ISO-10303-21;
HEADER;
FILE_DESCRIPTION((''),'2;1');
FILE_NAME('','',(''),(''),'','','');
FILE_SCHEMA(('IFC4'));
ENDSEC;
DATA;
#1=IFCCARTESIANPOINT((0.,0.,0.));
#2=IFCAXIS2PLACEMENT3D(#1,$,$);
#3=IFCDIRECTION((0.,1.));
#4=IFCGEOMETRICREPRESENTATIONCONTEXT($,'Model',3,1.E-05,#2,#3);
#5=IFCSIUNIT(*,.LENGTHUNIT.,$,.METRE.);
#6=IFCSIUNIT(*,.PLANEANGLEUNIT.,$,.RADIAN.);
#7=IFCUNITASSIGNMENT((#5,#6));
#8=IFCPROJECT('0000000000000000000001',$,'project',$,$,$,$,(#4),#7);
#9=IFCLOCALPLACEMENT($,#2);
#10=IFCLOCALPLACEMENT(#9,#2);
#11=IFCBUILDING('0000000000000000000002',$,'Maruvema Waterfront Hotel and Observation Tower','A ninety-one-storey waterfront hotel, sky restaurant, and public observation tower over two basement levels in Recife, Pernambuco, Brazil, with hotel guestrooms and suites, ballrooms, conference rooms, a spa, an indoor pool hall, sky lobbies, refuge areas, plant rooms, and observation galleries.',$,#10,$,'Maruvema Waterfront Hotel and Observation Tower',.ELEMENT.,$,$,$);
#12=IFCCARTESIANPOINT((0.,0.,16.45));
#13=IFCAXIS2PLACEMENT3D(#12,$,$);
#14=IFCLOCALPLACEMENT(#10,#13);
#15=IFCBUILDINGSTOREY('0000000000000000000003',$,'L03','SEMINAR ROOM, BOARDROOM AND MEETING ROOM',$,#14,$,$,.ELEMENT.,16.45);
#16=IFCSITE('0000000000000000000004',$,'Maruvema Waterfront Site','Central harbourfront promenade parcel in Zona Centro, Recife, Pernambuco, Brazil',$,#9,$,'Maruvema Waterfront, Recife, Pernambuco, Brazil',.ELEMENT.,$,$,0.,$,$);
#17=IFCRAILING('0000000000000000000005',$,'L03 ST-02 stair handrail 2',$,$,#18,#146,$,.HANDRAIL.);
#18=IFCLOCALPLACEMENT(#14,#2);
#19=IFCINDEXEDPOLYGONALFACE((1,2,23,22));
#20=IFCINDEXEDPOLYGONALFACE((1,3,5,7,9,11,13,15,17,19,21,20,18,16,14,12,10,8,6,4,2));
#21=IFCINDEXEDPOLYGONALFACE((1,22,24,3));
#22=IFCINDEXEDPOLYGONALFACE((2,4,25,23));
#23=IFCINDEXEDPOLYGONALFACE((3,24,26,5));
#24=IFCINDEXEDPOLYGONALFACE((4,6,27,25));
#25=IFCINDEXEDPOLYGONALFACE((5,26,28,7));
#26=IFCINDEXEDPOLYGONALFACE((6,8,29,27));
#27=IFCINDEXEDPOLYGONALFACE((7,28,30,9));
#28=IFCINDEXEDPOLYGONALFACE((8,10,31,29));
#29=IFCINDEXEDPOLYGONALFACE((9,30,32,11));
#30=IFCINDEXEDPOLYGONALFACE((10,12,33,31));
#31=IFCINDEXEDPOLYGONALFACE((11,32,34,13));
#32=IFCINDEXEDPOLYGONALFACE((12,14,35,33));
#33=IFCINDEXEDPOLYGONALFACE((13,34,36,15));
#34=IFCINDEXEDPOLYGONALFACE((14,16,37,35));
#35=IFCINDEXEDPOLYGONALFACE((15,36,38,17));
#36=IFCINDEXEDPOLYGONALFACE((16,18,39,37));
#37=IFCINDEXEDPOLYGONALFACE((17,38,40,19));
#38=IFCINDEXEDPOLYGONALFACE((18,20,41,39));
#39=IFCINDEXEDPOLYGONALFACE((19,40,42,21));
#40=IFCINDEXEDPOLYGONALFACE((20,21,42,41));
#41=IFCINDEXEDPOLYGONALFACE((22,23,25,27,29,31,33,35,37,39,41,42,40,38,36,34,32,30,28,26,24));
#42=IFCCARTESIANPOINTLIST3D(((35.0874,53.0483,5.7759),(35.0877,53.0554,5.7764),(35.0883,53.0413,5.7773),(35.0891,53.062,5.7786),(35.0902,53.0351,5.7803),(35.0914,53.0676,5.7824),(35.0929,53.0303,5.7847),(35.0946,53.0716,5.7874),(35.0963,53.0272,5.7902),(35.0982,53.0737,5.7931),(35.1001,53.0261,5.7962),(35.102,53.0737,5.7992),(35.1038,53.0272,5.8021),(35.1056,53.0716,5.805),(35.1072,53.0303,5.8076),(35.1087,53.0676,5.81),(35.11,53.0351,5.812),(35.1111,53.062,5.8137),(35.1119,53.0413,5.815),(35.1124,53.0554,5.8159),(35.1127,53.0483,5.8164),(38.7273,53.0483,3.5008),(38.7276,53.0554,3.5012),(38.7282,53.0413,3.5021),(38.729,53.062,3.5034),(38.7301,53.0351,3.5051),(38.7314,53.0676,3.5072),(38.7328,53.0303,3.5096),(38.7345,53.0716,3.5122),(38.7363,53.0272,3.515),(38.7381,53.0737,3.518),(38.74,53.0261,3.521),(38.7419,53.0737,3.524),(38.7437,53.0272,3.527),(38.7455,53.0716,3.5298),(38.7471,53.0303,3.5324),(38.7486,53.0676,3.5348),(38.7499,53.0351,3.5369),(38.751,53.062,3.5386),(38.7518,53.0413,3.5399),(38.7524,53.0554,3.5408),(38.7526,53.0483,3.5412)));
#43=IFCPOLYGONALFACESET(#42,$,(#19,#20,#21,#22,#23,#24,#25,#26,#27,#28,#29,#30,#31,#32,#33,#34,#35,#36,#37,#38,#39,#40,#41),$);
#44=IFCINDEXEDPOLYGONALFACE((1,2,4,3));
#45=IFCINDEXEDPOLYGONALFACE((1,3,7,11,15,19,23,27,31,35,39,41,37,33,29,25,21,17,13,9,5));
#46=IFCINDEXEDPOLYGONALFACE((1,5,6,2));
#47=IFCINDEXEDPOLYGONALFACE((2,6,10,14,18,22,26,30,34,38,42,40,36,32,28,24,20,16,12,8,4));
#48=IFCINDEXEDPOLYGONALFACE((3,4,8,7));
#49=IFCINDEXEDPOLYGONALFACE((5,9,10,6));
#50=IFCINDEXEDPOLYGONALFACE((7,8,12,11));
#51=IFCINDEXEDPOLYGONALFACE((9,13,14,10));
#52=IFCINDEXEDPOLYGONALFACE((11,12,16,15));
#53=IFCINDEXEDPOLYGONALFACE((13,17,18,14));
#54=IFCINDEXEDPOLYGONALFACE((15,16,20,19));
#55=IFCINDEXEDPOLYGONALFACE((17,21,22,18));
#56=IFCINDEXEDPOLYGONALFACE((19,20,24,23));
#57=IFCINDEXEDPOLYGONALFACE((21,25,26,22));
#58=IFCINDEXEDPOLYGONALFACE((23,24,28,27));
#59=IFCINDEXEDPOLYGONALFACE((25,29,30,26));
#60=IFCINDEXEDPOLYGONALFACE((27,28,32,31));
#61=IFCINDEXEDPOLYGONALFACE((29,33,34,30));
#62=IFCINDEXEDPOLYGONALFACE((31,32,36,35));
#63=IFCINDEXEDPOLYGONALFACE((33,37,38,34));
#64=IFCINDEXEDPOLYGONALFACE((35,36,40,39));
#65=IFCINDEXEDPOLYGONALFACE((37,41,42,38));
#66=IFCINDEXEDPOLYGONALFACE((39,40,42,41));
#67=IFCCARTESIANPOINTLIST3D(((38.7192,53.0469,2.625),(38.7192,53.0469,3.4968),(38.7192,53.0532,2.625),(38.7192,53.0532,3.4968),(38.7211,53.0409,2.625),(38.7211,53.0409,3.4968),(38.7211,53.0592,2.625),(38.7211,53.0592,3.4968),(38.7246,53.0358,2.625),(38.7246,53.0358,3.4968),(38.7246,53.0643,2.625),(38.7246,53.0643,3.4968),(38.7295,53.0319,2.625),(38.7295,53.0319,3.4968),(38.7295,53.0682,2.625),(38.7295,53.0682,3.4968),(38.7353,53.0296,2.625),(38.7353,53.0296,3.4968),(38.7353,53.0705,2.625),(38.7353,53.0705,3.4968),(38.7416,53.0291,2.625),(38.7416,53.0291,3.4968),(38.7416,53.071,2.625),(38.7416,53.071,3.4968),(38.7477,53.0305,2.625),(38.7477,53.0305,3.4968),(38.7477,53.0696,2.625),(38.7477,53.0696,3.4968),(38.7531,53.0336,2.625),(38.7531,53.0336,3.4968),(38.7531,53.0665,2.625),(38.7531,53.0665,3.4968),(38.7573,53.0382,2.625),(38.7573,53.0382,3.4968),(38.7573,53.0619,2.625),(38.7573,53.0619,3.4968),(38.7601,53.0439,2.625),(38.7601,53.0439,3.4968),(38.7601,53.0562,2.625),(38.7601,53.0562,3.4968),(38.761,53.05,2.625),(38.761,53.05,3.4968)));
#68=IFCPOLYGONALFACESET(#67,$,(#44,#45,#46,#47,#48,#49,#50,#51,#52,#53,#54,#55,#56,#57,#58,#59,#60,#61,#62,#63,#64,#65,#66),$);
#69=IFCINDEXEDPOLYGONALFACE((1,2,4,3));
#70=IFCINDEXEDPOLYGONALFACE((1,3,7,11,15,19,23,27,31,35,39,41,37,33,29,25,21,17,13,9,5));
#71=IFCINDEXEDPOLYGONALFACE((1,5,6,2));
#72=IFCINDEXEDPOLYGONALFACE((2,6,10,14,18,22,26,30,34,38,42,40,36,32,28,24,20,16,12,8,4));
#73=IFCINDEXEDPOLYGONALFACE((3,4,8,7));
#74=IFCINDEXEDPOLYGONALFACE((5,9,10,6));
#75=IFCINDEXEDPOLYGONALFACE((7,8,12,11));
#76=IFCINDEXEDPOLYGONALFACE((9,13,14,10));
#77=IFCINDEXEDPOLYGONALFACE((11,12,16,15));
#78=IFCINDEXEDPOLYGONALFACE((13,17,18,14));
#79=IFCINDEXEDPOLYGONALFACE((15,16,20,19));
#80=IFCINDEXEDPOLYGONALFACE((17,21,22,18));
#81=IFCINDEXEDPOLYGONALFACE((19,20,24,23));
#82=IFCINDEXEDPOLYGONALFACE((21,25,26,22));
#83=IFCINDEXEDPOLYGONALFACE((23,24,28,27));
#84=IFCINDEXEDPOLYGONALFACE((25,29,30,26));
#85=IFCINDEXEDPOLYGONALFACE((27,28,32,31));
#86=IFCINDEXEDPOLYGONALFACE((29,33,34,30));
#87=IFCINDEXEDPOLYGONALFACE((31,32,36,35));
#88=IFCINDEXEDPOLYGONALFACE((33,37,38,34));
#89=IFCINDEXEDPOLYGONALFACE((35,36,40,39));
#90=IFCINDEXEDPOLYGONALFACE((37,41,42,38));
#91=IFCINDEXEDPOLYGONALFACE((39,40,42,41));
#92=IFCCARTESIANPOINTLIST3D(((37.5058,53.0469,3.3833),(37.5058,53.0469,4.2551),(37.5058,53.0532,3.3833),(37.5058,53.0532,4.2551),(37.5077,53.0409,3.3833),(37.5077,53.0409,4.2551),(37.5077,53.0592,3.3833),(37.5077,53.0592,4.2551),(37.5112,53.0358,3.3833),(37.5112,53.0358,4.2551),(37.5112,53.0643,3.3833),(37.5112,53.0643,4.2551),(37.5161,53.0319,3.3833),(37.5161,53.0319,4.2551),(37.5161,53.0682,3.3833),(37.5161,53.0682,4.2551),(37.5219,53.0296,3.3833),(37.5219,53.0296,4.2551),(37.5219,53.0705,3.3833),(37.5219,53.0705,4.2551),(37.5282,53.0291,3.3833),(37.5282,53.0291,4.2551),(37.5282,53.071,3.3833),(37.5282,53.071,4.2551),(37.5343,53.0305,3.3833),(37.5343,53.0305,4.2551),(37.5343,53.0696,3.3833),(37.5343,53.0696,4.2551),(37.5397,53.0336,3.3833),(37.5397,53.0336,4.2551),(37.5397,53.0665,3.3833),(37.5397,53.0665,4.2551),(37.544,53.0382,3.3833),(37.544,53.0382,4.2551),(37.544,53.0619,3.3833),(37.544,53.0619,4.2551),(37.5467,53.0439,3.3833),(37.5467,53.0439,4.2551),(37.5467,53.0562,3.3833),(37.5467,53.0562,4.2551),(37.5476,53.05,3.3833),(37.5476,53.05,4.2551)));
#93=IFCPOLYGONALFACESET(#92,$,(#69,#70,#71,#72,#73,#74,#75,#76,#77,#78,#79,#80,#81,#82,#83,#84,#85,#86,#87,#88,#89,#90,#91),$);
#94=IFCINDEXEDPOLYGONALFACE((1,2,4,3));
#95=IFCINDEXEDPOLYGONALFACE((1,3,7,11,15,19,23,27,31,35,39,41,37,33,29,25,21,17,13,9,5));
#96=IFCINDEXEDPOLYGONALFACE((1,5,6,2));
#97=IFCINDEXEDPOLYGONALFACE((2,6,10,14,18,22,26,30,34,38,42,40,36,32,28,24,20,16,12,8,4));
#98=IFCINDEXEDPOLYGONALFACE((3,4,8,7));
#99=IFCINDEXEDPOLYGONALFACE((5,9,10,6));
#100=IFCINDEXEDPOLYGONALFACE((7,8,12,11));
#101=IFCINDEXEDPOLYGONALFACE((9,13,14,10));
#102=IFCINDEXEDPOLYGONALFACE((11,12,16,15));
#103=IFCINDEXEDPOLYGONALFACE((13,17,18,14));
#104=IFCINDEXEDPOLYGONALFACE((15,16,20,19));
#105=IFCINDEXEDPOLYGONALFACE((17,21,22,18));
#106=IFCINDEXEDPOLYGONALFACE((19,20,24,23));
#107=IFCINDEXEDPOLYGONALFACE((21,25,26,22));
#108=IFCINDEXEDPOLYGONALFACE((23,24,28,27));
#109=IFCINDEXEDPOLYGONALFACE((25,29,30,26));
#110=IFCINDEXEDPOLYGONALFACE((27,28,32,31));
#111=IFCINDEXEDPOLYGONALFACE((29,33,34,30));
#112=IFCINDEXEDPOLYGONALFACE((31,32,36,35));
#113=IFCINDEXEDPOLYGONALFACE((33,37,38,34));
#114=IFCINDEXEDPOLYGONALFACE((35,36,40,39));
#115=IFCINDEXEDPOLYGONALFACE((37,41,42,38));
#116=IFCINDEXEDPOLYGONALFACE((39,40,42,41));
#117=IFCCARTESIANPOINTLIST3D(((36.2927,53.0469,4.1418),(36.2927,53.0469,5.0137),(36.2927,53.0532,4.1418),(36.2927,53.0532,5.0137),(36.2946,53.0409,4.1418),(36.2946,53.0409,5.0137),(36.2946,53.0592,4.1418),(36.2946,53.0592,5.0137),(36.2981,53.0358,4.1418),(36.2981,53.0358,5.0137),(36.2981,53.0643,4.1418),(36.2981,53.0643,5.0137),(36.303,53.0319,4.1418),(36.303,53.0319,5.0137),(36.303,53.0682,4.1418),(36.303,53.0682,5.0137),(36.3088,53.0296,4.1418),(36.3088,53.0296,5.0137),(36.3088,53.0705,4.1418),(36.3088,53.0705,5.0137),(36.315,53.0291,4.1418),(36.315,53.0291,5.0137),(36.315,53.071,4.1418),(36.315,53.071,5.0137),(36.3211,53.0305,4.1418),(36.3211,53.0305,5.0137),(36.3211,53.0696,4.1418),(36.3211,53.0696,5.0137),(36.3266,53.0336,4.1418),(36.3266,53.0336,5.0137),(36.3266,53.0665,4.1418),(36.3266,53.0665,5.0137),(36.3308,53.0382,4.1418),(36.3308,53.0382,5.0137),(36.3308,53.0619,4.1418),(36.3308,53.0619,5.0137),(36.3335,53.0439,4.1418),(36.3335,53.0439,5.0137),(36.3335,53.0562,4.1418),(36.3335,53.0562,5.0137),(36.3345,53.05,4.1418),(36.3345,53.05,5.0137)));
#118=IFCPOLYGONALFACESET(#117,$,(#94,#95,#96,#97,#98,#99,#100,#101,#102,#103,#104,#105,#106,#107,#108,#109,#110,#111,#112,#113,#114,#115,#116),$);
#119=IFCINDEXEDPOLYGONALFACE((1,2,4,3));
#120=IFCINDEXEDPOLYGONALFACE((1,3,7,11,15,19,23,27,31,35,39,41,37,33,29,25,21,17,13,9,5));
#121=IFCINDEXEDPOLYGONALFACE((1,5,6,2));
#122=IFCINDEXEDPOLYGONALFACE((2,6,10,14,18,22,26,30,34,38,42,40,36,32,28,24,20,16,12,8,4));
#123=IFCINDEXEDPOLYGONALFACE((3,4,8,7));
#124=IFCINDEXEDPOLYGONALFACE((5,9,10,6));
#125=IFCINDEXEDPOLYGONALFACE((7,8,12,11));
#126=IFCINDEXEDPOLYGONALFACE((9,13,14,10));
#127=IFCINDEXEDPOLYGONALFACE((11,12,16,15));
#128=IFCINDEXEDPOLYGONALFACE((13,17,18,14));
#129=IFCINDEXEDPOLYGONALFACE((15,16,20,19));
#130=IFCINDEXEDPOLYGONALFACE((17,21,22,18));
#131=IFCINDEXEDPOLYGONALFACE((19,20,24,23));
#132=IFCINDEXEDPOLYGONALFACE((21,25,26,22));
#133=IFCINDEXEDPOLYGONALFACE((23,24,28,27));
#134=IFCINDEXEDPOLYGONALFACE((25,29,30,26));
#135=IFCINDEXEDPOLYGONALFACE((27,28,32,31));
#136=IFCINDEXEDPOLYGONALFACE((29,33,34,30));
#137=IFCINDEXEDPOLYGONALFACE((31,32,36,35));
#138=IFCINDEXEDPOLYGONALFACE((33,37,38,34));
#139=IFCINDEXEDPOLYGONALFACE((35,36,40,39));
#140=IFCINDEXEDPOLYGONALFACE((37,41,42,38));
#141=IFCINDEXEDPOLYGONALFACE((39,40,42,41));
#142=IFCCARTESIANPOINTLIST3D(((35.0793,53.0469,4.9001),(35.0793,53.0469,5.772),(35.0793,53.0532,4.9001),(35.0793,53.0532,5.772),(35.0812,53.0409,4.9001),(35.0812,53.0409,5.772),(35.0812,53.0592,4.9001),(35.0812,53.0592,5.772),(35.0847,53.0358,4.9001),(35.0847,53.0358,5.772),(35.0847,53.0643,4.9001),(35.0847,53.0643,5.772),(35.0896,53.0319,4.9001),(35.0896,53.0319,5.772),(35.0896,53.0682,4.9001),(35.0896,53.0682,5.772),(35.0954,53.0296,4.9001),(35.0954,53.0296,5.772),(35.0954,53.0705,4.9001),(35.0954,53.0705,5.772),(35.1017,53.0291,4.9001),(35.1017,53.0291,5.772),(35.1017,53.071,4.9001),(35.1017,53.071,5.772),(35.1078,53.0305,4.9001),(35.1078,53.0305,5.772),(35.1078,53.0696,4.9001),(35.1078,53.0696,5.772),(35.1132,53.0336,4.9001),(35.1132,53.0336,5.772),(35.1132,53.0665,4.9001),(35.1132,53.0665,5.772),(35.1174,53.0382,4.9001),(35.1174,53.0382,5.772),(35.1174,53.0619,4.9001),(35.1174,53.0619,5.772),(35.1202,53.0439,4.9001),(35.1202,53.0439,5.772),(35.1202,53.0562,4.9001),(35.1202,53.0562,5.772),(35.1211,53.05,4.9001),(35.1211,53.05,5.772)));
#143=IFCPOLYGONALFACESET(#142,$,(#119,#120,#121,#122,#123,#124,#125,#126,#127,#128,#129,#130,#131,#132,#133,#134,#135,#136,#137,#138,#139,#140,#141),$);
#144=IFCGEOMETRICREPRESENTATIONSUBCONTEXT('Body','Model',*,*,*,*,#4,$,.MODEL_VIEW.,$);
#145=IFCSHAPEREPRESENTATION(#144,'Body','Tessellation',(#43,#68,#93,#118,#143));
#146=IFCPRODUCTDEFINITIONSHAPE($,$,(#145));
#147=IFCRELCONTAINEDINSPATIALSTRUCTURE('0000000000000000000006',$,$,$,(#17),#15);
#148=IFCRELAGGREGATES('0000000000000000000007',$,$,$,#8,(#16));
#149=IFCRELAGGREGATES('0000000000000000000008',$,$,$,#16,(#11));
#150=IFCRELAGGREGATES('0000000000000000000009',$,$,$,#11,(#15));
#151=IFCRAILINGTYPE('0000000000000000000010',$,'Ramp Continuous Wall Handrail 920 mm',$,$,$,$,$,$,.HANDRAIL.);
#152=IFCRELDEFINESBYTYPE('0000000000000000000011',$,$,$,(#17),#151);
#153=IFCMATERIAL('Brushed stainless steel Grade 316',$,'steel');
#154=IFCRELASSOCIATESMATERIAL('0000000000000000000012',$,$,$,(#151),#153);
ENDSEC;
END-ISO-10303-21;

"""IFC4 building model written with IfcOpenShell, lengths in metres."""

from ifc_helpers import new_model, si_unit, direction, frame, origin, origin_2d, place, context, subcontext, project, spatial, circle, extrude, material, type_object, element, save


model = new_model("IFC4")

# Units and contexts
model_context = context("Model", 3, precision=1e-05, world=origin(), true_north=direction((0.0, 1.0)))
body_context = subcontext(model_context, "Body", "Model", "MODEL_VIEW")
ifc_project = project(units=[si_unit("LENGTHUNIT", "METRE"), si_unit("PLANEANGLEUNIT", "RADIAN")], contexts=[model_context])

# Site, building, storey
site_placement = place(None, origin())
site = spatial("IfcSite", under=ifc_project, at=site_placement, Name="Maruvema Waterfront Site", Description="Central harbourfront promenade parcel in Zona Centro, Recife, Pernambuco, Brazil", LongName="Maruvema Waterfront, Recife, Pernambuco, Brazil", CompositionType="ELEMENT", RefElevation=0.0)
building_placement = place(site_placement, origin())
building = spatial("IfcBuilding", under=site, at=building_placement, Name="Maruvema Waterfront Hotel and Observation Tower", Description="A ninety-one-storey waterfront hotel, sky restaurant, and public observation tower over two basement levels in Recife, Pernambuco, Brazil, with hotel guestrooms and suites, ballrooms, conference rooms, a spa, an indoor pool hall, sky lobbies, refuge areas, plant rooms, and observation galleries.", LongName="Maruvema Waterfront Hotel and Observation Tower", CompositionType="ELEMENT")
storey_placement = place(building_placement, frame((0.0, 0.0, 16.45)))
storey = spatial("IfcBuildingStorey", under=building, at=storey_placement, Name="L03", Description="SEMINAR ROOM, BOARDROOM AND MEETING ROOM", CompositionType="ELEMENT", Elevation=16.45)

# Railing
ifc_material_1 = material(Name="Brushed stainless steel Grade 316", Category="steel")
railing_type_1 = type_object("IfcRailingType", Name="Ramp Continuous Wall Handrail 920 mm", PredefinedType="HANDRAIL", material=ifc_material_1)
railing_1_placement = place(storey_placement, frame((38.74, 53.05, 2.625)))
element("IfcRailing", 1, at=railing_1_placement, inside=storey, type_object=railing_type_1, Name="L03 ST-02 stair handrail 2", PredefinedType="HANDRAIL", context=body_context, shape_type="SweptSolid", body=[
    extrude(circle(Radius=0.0239, at=origin_2d()), frame((0.0, 0.0, 0.896), z_axis=(-0.847976, 0.0, 0.530035), x_axis=(0.0, -1.0, 0.0)), (0.0, 0.0, 1.0), 4.2925),
    extrude(circle(Radius=0.021, at=origin_2d()), origin(), (0.0, 0.0, 1.0), 0.8718),
    extrude(circle(Radius=0.021, at=origin_2d()), frame((-1.2134, 0.0, 0.7583)), (0.0, 0.0, 1.0), 0.8718),
    extrude(circle(Radius=0.021, at=origin_2d()), frame((-2.4265, 0.0, 1.5168)), (0.0, 0.0, 1.0), 0.8718),
    extrude(circle(Radius=0.021, at=origin_2d()), frame((-3.6399, 0.0, 2.2751)), (0.0, 0.0, 1.0), 0.8718),
])

save(model, "model.ifc")
